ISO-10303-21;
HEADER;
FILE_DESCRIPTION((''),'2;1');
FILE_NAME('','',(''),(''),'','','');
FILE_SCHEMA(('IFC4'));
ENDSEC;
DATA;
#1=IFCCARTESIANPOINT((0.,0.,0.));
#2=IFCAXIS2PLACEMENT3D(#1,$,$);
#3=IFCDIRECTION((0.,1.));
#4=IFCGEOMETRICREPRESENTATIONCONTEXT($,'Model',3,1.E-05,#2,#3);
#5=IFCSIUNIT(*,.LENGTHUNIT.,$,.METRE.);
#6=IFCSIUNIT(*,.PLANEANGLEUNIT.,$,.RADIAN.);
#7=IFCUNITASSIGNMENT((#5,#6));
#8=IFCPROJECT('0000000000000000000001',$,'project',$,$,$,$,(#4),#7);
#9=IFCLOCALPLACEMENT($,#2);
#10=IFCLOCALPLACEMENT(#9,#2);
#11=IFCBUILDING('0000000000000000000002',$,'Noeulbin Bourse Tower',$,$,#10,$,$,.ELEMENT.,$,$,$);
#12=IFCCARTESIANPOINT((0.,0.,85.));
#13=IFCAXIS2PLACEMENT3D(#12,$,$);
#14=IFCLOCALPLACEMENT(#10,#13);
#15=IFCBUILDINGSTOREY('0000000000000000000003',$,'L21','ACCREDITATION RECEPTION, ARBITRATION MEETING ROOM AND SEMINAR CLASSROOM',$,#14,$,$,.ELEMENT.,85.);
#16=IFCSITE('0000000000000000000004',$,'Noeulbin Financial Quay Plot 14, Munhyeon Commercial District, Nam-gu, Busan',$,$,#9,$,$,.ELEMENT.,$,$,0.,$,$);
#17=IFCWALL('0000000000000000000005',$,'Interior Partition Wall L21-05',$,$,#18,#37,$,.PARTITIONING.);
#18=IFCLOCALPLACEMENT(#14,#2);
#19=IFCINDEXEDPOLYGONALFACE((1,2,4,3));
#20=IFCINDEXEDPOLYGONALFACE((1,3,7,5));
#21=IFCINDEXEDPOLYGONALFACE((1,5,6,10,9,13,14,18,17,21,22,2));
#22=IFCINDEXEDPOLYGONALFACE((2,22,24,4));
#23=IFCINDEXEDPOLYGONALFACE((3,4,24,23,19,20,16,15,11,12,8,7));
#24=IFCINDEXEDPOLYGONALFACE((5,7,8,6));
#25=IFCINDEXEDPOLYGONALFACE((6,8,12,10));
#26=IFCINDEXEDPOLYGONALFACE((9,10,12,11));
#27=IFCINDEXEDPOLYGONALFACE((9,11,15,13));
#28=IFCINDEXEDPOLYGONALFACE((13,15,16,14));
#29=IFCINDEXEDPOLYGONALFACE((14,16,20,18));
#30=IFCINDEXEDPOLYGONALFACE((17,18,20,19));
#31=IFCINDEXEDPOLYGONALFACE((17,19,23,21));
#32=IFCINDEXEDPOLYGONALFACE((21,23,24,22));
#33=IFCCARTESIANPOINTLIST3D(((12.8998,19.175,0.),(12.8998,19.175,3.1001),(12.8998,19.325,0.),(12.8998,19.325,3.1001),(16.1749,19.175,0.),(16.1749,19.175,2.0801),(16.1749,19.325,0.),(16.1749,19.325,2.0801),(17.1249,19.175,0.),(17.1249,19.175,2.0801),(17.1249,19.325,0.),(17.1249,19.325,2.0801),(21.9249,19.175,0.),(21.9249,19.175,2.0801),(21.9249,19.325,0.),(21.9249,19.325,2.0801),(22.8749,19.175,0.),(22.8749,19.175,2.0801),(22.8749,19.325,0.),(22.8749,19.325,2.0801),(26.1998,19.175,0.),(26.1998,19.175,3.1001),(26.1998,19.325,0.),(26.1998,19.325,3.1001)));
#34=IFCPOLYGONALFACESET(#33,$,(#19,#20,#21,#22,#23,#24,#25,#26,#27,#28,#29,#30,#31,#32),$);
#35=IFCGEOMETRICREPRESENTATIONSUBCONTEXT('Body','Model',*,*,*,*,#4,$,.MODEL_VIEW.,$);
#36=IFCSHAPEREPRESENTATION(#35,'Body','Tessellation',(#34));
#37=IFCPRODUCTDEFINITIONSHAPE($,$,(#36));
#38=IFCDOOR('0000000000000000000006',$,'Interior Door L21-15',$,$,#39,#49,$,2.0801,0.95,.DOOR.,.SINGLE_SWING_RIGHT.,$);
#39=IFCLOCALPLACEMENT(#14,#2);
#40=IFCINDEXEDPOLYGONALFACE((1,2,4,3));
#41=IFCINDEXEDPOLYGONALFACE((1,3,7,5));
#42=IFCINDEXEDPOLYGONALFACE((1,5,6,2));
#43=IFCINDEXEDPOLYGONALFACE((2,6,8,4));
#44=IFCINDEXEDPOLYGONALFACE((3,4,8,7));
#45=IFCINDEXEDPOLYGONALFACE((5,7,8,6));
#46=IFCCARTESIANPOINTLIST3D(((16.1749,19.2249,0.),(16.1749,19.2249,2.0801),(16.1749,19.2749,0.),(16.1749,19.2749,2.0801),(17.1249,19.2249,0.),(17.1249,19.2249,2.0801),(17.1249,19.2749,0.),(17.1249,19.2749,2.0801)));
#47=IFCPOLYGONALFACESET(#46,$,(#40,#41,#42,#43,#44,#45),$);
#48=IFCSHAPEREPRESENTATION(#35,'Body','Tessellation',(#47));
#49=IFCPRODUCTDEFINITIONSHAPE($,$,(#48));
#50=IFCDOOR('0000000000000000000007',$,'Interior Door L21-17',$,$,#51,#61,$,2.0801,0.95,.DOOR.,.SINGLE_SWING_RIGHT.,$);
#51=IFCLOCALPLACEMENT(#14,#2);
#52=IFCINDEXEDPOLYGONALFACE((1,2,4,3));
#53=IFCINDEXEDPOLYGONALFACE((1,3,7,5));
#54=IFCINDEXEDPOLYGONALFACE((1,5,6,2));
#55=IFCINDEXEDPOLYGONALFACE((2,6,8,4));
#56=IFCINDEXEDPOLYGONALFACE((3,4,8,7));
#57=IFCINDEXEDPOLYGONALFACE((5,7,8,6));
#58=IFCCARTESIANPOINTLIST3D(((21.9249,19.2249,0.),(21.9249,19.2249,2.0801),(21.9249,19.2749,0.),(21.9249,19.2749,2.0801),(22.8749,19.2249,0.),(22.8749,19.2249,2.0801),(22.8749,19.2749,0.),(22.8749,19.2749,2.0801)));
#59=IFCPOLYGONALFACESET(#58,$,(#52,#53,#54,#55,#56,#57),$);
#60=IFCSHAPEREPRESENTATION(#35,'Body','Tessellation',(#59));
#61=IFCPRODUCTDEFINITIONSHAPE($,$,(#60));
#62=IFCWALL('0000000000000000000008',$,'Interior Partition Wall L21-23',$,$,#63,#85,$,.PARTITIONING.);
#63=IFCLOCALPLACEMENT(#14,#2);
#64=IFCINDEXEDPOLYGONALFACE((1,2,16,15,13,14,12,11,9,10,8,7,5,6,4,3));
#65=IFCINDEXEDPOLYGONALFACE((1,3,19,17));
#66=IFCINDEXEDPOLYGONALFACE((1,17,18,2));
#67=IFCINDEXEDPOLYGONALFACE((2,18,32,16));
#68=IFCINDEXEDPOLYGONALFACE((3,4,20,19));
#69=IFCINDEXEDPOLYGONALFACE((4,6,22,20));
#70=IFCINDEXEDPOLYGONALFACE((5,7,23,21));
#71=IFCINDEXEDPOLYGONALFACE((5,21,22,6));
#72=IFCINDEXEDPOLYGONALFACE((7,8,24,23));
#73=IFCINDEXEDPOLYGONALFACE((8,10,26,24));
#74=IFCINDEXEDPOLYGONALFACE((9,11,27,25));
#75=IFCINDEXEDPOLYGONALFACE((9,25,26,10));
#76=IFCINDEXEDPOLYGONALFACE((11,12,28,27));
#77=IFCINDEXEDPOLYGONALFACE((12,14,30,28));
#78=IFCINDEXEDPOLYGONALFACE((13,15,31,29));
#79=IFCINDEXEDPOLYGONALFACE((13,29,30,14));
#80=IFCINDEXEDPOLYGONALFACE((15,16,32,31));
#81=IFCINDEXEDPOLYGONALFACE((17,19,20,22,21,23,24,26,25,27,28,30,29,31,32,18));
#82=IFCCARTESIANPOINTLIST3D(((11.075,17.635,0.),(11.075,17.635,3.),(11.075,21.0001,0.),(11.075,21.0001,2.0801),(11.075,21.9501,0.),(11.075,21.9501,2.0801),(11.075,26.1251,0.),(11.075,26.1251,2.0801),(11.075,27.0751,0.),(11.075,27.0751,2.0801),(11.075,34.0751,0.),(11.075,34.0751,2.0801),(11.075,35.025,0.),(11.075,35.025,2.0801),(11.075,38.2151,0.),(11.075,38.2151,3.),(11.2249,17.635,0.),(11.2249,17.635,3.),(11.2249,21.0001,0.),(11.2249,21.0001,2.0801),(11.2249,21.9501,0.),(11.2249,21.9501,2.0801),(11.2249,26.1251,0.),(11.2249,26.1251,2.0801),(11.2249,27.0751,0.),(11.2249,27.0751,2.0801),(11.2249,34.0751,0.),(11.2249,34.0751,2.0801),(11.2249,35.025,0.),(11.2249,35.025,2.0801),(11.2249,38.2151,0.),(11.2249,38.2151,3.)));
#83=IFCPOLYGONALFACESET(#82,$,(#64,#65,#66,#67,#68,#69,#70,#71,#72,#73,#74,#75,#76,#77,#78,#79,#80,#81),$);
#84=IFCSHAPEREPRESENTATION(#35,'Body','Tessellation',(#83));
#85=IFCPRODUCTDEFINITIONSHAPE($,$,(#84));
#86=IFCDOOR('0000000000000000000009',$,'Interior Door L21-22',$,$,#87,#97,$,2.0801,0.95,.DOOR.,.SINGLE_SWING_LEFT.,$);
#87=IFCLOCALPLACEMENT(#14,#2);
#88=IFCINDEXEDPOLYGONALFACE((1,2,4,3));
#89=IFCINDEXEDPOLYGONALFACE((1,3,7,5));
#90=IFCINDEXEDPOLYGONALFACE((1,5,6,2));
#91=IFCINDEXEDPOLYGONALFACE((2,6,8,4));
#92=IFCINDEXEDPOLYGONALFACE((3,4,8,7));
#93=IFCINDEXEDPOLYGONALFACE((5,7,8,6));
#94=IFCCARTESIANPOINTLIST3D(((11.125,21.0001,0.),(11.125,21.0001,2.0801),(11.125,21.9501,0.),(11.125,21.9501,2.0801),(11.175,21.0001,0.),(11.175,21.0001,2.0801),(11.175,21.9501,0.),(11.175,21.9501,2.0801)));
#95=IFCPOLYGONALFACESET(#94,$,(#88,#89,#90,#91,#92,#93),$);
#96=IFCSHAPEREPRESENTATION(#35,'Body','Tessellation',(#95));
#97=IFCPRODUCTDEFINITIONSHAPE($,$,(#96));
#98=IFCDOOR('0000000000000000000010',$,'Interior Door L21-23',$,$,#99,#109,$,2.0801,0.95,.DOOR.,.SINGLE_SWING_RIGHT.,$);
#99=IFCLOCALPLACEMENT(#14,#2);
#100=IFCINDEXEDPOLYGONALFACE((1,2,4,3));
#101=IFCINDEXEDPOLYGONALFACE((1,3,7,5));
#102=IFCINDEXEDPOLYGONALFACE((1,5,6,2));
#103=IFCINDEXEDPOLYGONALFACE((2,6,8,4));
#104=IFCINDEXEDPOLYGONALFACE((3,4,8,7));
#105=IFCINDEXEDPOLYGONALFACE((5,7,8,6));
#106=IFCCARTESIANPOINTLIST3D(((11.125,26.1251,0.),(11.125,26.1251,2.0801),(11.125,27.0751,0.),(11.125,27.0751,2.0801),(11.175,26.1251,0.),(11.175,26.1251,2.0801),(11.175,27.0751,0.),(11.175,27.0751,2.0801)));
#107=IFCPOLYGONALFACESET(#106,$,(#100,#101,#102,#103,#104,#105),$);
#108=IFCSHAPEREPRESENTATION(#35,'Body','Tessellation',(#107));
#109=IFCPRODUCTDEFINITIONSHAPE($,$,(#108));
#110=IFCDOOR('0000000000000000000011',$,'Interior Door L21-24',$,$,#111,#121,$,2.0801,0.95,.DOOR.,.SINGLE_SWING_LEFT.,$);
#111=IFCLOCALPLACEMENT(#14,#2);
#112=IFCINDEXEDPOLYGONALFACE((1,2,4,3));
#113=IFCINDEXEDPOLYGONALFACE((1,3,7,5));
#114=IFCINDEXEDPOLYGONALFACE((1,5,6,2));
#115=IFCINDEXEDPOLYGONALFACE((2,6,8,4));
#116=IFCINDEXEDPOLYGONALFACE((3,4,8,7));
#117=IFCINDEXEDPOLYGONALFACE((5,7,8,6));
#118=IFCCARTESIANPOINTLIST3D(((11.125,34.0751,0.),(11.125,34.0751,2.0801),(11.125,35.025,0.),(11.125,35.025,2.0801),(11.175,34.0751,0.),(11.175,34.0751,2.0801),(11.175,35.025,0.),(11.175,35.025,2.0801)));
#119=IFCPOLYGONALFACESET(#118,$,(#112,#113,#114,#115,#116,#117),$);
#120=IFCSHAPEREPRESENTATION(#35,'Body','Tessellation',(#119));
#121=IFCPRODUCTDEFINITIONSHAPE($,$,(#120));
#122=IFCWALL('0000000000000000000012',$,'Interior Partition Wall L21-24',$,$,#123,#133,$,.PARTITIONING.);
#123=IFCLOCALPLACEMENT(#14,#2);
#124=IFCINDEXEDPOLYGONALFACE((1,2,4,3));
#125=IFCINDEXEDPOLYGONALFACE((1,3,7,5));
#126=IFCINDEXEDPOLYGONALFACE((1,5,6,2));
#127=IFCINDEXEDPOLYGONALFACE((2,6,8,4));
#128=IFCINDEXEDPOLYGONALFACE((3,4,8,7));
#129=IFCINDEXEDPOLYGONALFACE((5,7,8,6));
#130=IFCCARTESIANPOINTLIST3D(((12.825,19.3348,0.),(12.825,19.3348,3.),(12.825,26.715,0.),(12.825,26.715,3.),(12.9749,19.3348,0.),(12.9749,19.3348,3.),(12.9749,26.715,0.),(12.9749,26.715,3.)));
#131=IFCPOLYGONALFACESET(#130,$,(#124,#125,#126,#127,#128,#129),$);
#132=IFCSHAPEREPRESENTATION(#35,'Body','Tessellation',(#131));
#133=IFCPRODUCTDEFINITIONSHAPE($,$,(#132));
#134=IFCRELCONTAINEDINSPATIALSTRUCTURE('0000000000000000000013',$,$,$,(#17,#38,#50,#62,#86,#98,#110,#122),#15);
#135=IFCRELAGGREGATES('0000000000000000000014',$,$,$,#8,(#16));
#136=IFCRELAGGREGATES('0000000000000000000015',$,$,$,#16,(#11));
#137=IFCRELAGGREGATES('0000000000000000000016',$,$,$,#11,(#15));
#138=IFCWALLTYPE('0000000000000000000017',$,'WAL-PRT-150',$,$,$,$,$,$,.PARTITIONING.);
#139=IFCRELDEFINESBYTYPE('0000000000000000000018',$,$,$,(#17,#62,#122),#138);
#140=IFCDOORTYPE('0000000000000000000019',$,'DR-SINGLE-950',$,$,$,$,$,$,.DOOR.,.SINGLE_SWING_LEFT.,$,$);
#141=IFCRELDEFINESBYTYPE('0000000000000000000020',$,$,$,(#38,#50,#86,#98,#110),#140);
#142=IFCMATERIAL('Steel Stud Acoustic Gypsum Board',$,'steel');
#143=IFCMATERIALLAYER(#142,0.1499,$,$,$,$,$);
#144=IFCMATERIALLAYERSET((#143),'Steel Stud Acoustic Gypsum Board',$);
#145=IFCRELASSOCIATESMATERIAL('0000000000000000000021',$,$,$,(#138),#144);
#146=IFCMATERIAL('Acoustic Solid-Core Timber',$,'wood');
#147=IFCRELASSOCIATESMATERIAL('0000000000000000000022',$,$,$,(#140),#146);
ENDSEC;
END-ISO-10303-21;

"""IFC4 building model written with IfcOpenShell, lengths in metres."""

from ifc_helpers import new_model, si_unit, direction, frame, frame_2d, origin, place, context, subcontext, project, spatial, rectangle, extrude, material, layer, layer_set, type_object, element, fill, save


model = new_model("IFC4")

# Units and contexts
model_context = context("Model", 3, precision=1e-05, world=origin(), true_north=direction((0.0, 1.0)))
body_context = subcontext(model_context, "Body", "Model", "MODEL_VIEW")
ifc_project = project(units=[si_unit("LENGTHUNIT", "METRE"), si_unit("PLANEANGLEUNIT", "RADIAN")], contexts=[model_context])

# Site, building, storey
site_placement = place(None, origin())
site = spatial("IfcSite", under=ifc_project, at=site_placement, Name="Noeulbin Financial Quay Plot 14, Munhyeon Commercial District, Nam-gu, Busan", CompositionType="ELEMENT", RefElevation=0.0)
building_placement = place(site_placement, origin())
building = spatial("IfcBuilding", under=site, at=building_placement, Name="Noeulbin Bourse Tower", CompositionType="ELEMENT")
storey_placement = place(building_placement, frame((0.0, 0.0, 85.0)))
storey = spatial("IfcBuildingStorey", under=building, at=storey_placement, Name="L21", Description="ACCREDITATION RECEPTION, ARBITRATION MEETING ROOM AND SEMINAR CLASSROOM", CompositionType="ELEMENT", Elevation=85.0)

# Walls, openings, doors
ifc_material_1 = material(Name="Steel Stud Acoustic Gypsum Board", Category="steel")
ifc_layer_1 = layer(ifc_material_1, 0.1499)
ifc_layer_set_1 = layer_set([ifc_layer_1], Name="Steel Stud Acoustic Gypsum Board")
wall_type = type_object("IfcWallType", Name="WAL-PRT-150", PredefinedType="PARTITIONING", material=ifc_layer_set_1)
ifc_material_2 = material(Name="Acoustic Solid-Core Timber", Category="wood")
door_type = type_object("IfcDoorType", Name="DR-SINGLE-950", OperationType="SINGLE_SWING_LEFT", PredefinedType="DOOR", material=ifc_material_2)
wall_1_placement = place(storey_placement, frame((12.8999, 19.25, 0.0), z_axis=(0.0, 0.0, 1.0), x_axis=(1.0, 0.0, 0.0)))
wall_1 = element("IfcWall", 1, at=wall_1_placement, inside=storey, type_object=wall_type, Name="Interior Partition Wall L21-05", PredefinedType="PARTITIONING", context=body_context, shape_type="SweptSolid", body=[
    extrude(rectangle(XDim=13.3, YDim=0.1499, at=frame_2d((6.6499, 0.0))), origin(), (0.0, 0.0, 1.0), 3.1001),
])
opening_1_placement = place(wall_1_placement, frame((3.2749, 0.0, 0.0)))
opening_1 = element("IfcOpeningElement", 2, at=opening_1_placement, cuts=wall_1, PredefinedType="OPENING", context=body_context, shape_type="SweptSolid", body=[
    extrude(rectangle(XDim=0.95, YDim=2.0801, at=frame_2d((0.4751, 1.04))), frame((0.0, 0.085, 0.0), z_axis=(0.0, -1.0, 0.0), x_axis=(1.0, 0.0, 0.0)), (0.0, 0.0, 1.0), 0.1699),
])
opening_2_placement = place(wall_1_placement, frame((9.0249, 0.0, 0.0)))
opening_2 = element("IfcOpeningElement", 3, at=opening_2_placement, cuts=wall_1, PredefinedType="OPENING", context=body_context, shape_type="SweptSolid", body=[
    extrude(rectangle(XDim=0.95, YDim=2.0801, at=frame_2d((0.4751, 1.04))), frame((0.0, 0.085, 0.0), z_axis=(0.0, -1.0, 0.0), x_axis=(1.0, 0.0, 0.0)), (0.0, 0.0, 1.0), 0.1699),
])
door_1_placement = place(opening_1_placement, origin())
door_1 = element("IfcDoor", 4, at=door_1_placement, inside=storey, type_object=door_type, Name="Interior Door L21-15", OperationType="SINGLE_SWING_RIGHT", OverallHeight=2.0801, OverallWidth=0.95, PredefinedType="DOOR", context=body_context, shape_type="SweptSolid", body=[
    extrude(rectangle(XDim=0.95, YDim=2.0801, at=frame_2d((0.4751, 1.04))), frame((0.0, 0.0249, 0.0), z_axis=(0.0, -1.0, 0.0), x_axis=(1.0, 0.0, 0.0)), (0.0, 0.0, 1.0), 0.05),
])
fill(opening_1, door_1)
door_2_placement = place(opening_2_placement, origin())
door_2 = element("IfcDoor", 5, at=door_2_placement, inside=storey, type_object=door_type, Name="Interior Door L21-17", OperationType="SINGLE_SWING_RIGHT", OverallHeight=2.0801, OverallWidth=0.95, PredefinedType="DOOR", context=body_context, shape_type="SweptSolid", body=[
    extrude(rectangle(XDim=0.95, YDim=2.0801, at=frame_2d((0.4751, 1.04))), frame((0.0, 0.0249, 0.0), z_axis=(0.0, -1.0, 0.0), x_axis=(1.0, 0.0, 0.0)), (0.0, 0.0, 1.0), 0.05),
])
fill(opening_2, door_2)
wall_2_placement = place(storey_placement, frame((11.1499, 17.635, 0.0), z_axis=(0.0, 0.0, 1.0), x_axis=(0.0, 1.0, 0.0)))
wall_2 = element("IfcWall", 6, at=wall_2_placement, inside=storey, type_object=wall_type, Name="Interior Partition Wall L21-23", PredefinedType="PARTITIONING", context=body_context, shape_type="SweptSolid", body=[
    extrude(rectangle(XDim=20.5801, YDim=0.1499, at=frame_2d((10.29, 0.0))), origin(), (0.0, 0.0, 1.0), 3.0),
])
opening_3_placement = place(wall_2_placement, frame((3.365, 0.0, 0.0)))
opening_3 = element("IfcOpeningElement", 7, at=opening_3_placement, cuts=wall_2, PredefinedType="OPENING", context=body_context, shape_type="SweptSolid", body=[
    extrude(rectangle(XDim=0.95, YDim=2.0801, at=frame_2d((0.4751, 1.04))), frame((0.0, 0.085, 0.0), z_axis=(0.0, -1.0, 0.0), x_axis=(1.0, 0.0, 0.0)), (0.0, 0.0, 1.0), 0.1699),
])
opening_4_placement = place(wall_2_placement, frame((8.49, 0.0, 0.0)))
opening_4 = element("IfcOpeningElement", 8, at=opening_4_placement, cuts=wall_2, PredefinedType="OPENING", context=body_context, shape_type="SweptSolid", body=[
    extrude(rectangle(XDim=0.95, YDim=2.0801, at=frame_2d((0.4751, 1.04))), frame((0.0, 0.085, 0.0), z_axis=(0.0, -1.0, 0.0), x_axis=(1.0, 0.0, 0.0)), (0.0, 0.0, 1.0), 0.1699),
])
opening_5_placement = place(wall_2_placement, frame((16.4399, 0.0, 0.0)))
opening_5 = element("IfcOpeningElement", 9, at=opening_5_placement, cuts=wall_2, PredefinedType="OPENING", context=body_context, shape_type="SweptSolid", body=[
    extrude(rectangle(XDim=0.95, YDim=2.0801, at=frame_2d((0.4751, 1.04))), frame((0.0, 0.085, 0.0), z_axis=(0.0, -1.0, 0.0), x_axis=(1.0, 0.0, 0.0)), (0.0, 0.0, 1.0), 0.1699),
])
door_3_placement = place(opening_3_placement, origin())
door_3 = element("IfcDoor", 10, at=door_3_placement, inside=storey, type_object=door_type, Name="Interior Door L21-22", OperationType="SINGLE_SWING_LEFT", OverallHeight=2.0801, OverallWidth=0.95, PredefinedType="DOOR", context=body_context, shape_type="SweptSolid", body=[
    extrude(rectangle(XDim=0.95, YDim=2.0801, at=frame_2d((0.4751, 1.04))), frame((0.0, 0.0249, 0.0), z_axis=(0.0, -1.0, 0.0), x_axis=(1.0, 0.0, 0.0)), (0.0, 0.0, 1.0), 0.05),
])
fill(opening_3, door_3)
door_4_placement = place(opening_4_placement, origin())
door_4 = element("IfcDoor", 11, at=door_4_placement, inside=storey, type_object=door_type, Name="Interior Door L21-23", OperationType="SINGLE_SWING_RIGHT", OverallHeight=2.0801, OverallWidth=0.95, PredefinedType="DOOR", context=body_context, shape_type="SweptSolid", body=[
    extrude(rectangle(XDim=0.95, YDim=2.0801, at=frame_2d((0.4751, 1.04))), frame((0.0, 0.0249, 0.0), z_axis=(0.0, -1.0, 0.0), x_axis=(1.0, 0.0, 0.0)), (0.0, 0.0, 1.0), 0.05),
])
fill(opening_4, door_4)
door_5_placement = place(opening_5_placement, origin())
door_5 = element("IfcDoor", 12, at=door_5_placement, inside=storey, type_object=door_type, Name="Interior Door L21-24", OperationType="SINGLE_SWING_LEFT", OverallHeight=2.0801, OverallWidth=0.95, PredefinedType="DOOR", context=body_context, shape_type="SweptSolid", body=[
    extrude(rectangle(XDim=0.95, YDim=2.0801, at=frame_2d((0.4751, 1.04))), frame((0.0, 0.0249, 0.0), z_axis=(0.0, -1.0, 0.0), x_axis=(1.0, 0.0, 0.0)), (0.0, 0.0, 1.0), 0.05),
])
fill(opening_5, door_5)

# Wall
wall_3_placement = place(storey_placement, frame((12.8999, 19.335, 0.0), z_axis=(0.0, 0.0, 1.0), x_axis=(0.0, 1.0, 0.0)))
element("IfcWall", 13, at=wall_3_placement, inside=storey, type_object=wall_type, Name="Interior Partition Wall L21-24", PredefinedType="PARTITIONING", context=body_context, shape_type="SweptSolid", body=[
    extrude(rectangle(XDim=7.3801, YDim=0.1499, at=frame_2d((3.6899, 0.0))), origin(), (0.0, 0.0, 1.0), 3.0),
])

save(model, "model.ifc")
